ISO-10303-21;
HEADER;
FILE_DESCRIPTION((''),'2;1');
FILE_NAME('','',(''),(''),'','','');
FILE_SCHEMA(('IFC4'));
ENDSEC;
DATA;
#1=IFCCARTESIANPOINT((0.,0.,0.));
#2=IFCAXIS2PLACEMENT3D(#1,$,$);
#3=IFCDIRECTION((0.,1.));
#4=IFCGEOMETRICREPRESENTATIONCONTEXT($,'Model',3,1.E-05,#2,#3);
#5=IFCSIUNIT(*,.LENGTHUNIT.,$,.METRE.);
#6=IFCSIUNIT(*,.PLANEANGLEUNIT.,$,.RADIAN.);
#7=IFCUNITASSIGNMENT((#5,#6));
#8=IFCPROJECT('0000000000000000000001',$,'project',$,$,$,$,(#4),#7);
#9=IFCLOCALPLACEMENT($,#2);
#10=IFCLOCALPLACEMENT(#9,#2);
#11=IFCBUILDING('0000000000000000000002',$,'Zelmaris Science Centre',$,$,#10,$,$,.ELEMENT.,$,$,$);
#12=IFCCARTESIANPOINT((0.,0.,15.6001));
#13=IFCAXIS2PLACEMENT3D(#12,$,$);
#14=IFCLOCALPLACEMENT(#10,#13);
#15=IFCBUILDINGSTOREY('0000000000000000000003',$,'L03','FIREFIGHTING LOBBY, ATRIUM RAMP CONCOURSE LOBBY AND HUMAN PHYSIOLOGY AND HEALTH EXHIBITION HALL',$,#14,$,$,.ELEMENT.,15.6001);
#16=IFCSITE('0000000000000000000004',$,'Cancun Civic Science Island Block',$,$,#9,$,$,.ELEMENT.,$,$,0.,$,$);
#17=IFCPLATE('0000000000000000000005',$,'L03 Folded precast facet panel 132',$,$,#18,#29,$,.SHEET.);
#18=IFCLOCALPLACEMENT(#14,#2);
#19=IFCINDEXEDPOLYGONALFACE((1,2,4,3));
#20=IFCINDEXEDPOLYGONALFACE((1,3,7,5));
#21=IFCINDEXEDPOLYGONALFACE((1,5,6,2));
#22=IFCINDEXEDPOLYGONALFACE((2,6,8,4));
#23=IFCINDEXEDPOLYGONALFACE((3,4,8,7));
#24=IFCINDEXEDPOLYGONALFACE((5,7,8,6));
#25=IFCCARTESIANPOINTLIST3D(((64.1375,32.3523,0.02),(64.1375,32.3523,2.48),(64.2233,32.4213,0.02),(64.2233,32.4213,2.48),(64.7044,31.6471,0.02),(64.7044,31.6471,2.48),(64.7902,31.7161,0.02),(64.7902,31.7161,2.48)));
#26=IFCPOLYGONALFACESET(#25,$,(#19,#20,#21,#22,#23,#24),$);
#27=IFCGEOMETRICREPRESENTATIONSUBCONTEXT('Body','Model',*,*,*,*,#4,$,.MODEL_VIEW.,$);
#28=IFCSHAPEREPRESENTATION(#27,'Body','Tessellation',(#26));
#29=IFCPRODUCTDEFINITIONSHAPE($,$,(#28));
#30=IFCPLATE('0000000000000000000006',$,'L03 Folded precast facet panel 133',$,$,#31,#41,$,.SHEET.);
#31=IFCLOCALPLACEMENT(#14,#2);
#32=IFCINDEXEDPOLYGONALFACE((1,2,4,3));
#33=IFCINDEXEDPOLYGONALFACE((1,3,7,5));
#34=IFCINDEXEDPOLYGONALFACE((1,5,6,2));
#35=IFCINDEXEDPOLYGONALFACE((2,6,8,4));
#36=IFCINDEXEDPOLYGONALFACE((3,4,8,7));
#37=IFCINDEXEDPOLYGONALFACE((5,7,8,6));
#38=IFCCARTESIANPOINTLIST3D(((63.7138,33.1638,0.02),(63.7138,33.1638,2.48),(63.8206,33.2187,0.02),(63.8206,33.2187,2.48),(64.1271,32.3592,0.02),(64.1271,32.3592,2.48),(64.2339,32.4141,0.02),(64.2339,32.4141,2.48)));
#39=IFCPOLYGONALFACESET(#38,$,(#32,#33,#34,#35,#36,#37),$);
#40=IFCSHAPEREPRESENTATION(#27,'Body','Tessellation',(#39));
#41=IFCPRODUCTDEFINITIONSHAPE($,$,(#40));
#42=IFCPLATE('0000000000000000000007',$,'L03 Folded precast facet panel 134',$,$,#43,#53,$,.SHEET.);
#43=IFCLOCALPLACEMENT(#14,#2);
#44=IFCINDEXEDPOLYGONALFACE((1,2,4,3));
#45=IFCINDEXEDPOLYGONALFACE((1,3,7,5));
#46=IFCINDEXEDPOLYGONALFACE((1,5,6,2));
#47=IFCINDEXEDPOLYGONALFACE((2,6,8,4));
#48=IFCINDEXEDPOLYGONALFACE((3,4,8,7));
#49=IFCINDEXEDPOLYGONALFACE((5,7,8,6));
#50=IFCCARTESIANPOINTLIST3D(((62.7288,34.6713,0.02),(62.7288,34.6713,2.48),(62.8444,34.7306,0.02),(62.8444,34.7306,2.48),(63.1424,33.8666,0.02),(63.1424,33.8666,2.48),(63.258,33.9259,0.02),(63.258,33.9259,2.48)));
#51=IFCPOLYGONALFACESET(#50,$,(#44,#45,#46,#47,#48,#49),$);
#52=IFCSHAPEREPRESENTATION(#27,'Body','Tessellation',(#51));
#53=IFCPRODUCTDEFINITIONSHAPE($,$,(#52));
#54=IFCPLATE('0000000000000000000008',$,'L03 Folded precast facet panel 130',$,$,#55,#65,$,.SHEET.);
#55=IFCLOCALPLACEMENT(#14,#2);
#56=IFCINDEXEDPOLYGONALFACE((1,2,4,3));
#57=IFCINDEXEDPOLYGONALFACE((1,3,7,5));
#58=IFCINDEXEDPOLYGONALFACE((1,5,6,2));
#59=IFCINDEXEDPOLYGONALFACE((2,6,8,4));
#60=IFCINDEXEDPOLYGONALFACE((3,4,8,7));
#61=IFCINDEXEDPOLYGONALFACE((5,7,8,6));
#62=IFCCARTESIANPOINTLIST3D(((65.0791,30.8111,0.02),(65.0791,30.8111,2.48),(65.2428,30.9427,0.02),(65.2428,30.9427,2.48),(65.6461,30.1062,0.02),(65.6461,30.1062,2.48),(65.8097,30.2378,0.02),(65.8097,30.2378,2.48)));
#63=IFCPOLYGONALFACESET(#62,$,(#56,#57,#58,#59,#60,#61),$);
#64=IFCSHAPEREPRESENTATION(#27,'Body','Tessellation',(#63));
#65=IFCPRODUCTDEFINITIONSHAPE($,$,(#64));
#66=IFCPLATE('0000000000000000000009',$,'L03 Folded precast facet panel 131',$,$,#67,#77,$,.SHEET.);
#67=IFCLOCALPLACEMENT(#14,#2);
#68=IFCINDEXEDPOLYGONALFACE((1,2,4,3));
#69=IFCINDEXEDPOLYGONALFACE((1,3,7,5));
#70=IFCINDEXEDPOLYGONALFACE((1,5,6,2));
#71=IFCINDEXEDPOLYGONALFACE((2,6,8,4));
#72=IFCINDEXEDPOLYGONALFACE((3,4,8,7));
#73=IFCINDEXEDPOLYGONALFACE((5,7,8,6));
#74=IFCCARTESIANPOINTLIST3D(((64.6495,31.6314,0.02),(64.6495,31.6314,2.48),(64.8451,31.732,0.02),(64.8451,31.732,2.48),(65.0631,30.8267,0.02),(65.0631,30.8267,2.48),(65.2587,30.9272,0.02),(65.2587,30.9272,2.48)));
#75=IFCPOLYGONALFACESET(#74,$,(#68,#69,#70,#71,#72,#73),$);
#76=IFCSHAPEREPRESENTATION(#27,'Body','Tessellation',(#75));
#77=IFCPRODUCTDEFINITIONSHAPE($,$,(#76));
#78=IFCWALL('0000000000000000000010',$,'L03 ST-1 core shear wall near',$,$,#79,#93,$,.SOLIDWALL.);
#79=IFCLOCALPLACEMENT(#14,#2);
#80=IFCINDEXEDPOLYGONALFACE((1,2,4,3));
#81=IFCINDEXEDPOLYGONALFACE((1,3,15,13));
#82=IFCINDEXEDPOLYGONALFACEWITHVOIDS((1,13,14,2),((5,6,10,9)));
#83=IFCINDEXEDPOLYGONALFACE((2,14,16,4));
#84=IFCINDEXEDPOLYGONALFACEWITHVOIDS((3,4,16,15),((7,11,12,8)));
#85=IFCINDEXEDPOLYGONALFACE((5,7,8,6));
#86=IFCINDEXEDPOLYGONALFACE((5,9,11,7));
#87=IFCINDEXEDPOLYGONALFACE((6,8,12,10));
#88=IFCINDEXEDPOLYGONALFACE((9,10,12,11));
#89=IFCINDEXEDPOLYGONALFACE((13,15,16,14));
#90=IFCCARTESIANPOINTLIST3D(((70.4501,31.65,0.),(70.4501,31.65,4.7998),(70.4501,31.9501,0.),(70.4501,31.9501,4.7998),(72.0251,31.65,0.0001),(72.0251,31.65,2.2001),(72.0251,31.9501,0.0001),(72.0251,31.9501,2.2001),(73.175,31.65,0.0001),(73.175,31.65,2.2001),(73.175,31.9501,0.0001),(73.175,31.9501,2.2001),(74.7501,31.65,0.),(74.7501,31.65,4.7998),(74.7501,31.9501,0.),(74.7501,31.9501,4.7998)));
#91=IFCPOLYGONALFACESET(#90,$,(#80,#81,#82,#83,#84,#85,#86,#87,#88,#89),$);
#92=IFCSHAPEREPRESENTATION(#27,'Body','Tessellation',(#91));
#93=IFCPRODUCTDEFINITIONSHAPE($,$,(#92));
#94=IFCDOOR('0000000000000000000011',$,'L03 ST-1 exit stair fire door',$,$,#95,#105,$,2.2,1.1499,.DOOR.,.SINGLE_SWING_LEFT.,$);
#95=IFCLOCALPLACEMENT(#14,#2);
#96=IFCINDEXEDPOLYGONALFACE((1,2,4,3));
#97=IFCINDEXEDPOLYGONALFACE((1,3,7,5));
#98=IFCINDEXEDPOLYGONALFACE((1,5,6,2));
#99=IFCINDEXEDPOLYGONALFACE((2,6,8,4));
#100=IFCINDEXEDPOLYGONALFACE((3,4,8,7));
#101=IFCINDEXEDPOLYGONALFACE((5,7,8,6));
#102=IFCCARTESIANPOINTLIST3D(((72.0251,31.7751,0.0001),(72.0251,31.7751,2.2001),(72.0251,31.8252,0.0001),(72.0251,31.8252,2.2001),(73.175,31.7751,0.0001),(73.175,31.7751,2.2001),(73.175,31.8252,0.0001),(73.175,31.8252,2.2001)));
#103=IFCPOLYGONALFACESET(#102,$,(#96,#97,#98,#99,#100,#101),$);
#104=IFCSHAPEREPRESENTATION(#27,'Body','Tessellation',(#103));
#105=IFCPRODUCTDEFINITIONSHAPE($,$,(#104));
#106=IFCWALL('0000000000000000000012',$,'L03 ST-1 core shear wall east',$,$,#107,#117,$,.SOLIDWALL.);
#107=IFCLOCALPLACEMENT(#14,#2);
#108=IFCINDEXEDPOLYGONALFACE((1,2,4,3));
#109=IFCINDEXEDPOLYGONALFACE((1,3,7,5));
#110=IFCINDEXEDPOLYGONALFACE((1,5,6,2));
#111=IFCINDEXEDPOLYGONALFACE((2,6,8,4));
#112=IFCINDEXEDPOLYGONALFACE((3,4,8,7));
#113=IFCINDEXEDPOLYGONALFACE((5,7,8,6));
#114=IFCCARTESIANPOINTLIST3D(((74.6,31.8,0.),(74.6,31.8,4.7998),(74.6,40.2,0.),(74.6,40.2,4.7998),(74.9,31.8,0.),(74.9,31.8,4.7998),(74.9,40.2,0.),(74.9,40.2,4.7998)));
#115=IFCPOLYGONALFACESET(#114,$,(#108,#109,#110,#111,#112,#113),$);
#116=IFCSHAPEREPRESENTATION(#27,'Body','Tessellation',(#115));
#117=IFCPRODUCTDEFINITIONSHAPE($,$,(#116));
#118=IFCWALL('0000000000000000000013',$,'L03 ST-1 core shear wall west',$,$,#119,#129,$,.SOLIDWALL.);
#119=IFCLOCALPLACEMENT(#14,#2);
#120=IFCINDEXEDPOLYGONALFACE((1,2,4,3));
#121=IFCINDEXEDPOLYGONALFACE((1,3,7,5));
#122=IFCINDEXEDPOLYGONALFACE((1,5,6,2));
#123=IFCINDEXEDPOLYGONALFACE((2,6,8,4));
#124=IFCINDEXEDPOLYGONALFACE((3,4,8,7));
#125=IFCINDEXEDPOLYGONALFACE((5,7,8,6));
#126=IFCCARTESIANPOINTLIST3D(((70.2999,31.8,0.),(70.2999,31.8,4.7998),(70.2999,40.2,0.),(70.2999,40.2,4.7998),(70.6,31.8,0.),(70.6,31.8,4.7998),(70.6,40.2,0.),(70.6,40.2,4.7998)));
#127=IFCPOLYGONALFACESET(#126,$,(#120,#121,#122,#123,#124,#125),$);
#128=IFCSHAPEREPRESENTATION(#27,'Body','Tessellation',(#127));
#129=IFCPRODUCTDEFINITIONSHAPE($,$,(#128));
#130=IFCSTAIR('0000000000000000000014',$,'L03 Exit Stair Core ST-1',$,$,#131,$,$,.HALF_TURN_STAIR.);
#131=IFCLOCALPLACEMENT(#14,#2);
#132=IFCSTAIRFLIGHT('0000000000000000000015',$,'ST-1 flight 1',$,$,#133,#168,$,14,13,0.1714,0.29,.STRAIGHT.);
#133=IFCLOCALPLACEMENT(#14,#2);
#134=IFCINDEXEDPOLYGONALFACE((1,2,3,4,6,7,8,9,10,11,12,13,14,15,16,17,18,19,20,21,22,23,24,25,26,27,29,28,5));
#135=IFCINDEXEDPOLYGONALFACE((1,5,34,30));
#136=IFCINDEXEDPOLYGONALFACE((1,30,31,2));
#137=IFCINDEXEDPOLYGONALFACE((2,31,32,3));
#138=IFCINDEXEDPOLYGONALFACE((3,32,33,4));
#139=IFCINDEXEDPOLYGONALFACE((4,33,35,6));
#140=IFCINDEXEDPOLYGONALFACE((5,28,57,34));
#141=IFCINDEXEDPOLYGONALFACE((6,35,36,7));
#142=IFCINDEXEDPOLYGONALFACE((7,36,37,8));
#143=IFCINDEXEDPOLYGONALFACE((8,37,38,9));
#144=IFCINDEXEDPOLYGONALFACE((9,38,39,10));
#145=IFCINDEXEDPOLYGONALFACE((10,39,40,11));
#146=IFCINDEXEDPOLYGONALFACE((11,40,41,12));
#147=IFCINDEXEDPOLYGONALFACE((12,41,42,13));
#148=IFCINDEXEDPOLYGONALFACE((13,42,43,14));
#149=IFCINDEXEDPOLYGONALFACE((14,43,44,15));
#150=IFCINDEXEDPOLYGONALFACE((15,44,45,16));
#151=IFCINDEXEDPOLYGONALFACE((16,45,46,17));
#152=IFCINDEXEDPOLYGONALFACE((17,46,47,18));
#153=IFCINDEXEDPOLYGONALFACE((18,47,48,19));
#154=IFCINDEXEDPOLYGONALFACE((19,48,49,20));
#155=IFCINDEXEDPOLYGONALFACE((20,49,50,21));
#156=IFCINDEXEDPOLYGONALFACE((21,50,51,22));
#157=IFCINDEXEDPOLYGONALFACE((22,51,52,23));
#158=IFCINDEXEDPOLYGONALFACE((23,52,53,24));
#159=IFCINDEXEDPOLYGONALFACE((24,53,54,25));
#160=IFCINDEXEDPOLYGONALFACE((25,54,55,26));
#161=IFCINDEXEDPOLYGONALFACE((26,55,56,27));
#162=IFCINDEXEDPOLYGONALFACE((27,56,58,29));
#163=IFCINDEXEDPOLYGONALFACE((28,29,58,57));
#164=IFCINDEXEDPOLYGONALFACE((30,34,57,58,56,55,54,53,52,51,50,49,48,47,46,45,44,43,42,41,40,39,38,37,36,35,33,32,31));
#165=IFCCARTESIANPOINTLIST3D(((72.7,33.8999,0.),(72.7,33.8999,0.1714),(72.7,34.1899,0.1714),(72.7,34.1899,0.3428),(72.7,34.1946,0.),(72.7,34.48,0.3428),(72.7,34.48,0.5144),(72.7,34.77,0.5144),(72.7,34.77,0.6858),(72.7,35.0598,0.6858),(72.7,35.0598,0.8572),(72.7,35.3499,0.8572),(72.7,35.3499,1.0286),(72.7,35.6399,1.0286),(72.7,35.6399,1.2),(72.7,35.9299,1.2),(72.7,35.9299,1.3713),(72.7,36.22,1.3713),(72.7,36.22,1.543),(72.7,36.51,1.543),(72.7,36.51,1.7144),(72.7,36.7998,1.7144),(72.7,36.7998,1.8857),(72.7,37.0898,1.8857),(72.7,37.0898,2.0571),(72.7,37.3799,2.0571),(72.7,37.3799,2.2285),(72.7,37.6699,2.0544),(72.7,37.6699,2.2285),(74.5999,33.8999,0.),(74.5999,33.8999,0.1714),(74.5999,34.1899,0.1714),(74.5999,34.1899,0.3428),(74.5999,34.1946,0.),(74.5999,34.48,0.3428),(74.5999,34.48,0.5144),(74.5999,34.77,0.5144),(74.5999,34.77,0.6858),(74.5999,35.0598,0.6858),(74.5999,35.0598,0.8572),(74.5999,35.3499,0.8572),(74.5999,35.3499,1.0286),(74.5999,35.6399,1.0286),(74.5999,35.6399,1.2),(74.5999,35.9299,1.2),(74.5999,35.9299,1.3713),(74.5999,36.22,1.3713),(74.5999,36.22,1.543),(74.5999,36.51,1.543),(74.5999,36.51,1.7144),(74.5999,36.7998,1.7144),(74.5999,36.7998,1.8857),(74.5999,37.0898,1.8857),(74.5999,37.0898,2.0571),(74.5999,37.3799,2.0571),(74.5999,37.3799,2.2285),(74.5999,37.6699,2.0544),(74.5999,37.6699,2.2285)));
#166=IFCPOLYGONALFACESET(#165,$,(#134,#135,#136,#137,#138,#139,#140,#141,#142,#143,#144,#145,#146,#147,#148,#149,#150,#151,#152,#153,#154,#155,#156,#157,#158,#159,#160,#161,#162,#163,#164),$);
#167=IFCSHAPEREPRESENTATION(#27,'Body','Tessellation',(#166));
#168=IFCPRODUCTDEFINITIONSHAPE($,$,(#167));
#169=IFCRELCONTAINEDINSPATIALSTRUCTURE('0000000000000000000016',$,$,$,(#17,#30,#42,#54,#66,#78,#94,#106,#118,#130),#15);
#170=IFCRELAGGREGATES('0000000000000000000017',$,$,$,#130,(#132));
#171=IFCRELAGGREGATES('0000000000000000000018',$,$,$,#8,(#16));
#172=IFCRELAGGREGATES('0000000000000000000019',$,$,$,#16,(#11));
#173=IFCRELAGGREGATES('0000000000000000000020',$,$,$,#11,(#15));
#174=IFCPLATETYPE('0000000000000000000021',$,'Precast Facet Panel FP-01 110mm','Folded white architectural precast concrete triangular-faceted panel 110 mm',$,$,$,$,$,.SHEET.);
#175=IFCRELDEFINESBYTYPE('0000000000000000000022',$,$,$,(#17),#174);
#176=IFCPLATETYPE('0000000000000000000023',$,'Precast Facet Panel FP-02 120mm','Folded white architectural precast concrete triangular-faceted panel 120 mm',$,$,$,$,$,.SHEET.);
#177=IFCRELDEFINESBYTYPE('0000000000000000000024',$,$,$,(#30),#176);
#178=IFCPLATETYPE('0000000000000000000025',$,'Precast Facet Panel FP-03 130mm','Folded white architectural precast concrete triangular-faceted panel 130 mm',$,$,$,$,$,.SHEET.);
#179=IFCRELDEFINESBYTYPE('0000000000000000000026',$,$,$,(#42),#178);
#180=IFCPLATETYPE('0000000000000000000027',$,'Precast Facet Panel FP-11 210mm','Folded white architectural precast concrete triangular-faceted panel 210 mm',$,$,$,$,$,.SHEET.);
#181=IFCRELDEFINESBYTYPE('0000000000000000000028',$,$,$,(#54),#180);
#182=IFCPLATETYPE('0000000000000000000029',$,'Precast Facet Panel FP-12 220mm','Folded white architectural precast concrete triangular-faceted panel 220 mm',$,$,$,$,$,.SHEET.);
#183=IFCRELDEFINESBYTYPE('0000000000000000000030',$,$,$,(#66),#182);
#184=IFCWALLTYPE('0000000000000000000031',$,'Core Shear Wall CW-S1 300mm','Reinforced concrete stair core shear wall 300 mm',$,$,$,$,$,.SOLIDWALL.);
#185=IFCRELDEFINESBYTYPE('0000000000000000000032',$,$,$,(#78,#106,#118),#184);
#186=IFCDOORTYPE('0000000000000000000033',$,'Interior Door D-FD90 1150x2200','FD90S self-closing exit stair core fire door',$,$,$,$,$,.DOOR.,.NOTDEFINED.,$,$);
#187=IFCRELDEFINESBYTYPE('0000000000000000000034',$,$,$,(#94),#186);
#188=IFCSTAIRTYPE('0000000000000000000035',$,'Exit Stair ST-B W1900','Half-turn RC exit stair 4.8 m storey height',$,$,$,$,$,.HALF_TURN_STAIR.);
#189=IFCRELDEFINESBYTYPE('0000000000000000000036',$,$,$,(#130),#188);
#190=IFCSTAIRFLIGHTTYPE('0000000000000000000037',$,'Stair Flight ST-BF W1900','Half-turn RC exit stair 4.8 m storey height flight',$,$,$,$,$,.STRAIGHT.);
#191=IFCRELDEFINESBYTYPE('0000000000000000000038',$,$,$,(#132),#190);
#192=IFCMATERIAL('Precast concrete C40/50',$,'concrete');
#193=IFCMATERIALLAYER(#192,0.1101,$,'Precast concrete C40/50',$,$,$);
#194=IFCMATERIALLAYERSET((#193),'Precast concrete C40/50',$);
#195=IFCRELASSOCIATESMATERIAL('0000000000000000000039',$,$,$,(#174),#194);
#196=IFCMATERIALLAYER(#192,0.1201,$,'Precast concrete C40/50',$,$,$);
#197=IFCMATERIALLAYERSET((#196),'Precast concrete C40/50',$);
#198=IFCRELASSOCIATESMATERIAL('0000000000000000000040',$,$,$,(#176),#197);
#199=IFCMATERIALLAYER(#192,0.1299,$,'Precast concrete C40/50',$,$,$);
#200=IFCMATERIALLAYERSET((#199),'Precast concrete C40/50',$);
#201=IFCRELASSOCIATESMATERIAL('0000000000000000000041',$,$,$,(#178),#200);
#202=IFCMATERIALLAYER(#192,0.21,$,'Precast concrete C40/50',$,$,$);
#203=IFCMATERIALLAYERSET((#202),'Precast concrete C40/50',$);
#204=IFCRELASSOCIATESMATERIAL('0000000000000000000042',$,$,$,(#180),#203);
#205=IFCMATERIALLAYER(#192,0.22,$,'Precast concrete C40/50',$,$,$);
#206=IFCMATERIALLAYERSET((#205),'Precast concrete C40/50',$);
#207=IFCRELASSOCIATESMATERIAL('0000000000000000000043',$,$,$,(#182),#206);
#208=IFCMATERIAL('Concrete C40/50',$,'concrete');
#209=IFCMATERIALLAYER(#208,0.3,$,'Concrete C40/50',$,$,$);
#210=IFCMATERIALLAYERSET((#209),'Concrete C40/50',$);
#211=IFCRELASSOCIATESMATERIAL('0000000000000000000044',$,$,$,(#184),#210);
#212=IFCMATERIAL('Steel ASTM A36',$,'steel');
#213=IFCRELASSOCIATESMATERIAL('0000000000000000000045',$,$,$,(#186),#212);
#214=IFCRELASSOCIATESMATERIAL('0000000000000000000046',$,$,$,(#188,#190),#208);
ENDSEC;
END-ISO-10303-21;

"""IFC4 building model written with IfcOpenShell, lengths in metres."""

from ifc_helpers import new_model, si_unit, direction, frame, frame_2d, origin, place, context, subcontext, project, spatial, polyline, rectangle, outline, extrude, material, layer, layer_set, type_object, element, fill, aggregate, save


model = new_model("IFC4")

# Units and contexts
model_context = context("Model", 3, precision=1e-05, world=origin(), true_north=direction((0.0, 1.0)))
body_context = subcontext(model_context, "Body", "Model", "MODEL_VIEW")
ifc_project = project(units=[si_unit("LENGTHUNIT", "METRE"), si_unit("PLANEANGLEUNIT", "RADIAN")], contexts=[model_context])

# Site, building, storey
site_placement = place(None, origin())
site = spatial("IfcSite", under=ifc_project, at=site_placement, Name="Cancun Civic Science Island Block", CompositionType="ELEMENT", RefElevation=0.0)
building_placement = place(site_placement, origin())
building = spatial("IfcBuilding", under=site, at=building_placement, Name="Zelmaris Science Centre", CompositionType="ELEMENT")
storey_placement = place(building_placement, frame((0.0, 0.0, 15.6001)))
storey = spatial("IfcBuildingStorey", under=building, at=storey_placement, Name="L03", Description="FIREFIGHTING LOBBY, ATRIUM RAMP CONCOURSE LOBBY AND HUMAN PHYSIOLOGY AND HEALTH EXHIBITION HALL", CompositionType="ELEMENT", Elevation=15.6001)

# Plates
ifc_material_1 = material(Name="Precast concrete C40/50", Category="concrete")
ifc_layer_1 = layer(ifc_material_1, 0.1101, Name="Precast concrete C40/50")
ifc_layer_set_1 = layer_set([ifc_layer_1], Name="Precast concrete C40/50")
plate_type_1 = type_object("IfcPlateType", Name="Precast Facet Panel FP-01 110mm", Description="Folded white architectural precast concrete triangular-faceted panel 110 mm", PredefinedType="SHEET", material=ifc_layer_set_1)
plate_1_placement = place(storey_placement, frame((64.7473, 31.6816, 0.02), z_axis=(0.0, 0.0, 1.0), x_axis=(-0.626602, 0.779339, 0.0)))
element("IfcPlate", 1, at=plate_1_placement, inside=storey, type_object=plate_type_1, Name="L03 Folded precast facet panel 132", PredefinedType="SHEET", context=body_context, shape_type="SweptSolid", body=[
    extrude(rectangle(XDim=0.9048, YDim=0.1101, at=frame_2d((0.4524, 0.0))), origin(), (0.0, 0.0, 1.0), 2.46),
])
ifc_layer_2 = layer(ifc_material_1, 0.1201, Name="Precast concrete C40/50")
ifc_layer_set_2 = layer_set([ifc_layer_2], Name="Precast concrete C40/50")
plate_type_2 = type_object("IfcPlateType", Name="Precast Facet Panel FP-02 120mm", Description="Folded white architectural precast concrete triangular-faceted panel 120 mm", PredefinedType="SHEET", material=ifc_layer_set_2)
plate_2_placement = place(storey_placement, frame((64.1804, 32.3867, 0.02), z_axis=(0.0, 0.0, 1.0), x_axis=(-0.456903, 0.889517, 0.0)))
element("IfcPlate", 2, at=plate_2_placement, inside=storey, type_object=plate_type_2, Name="L03 Folded precast facet panel 133", PredefinedType="SHEET", context=body_context, shape_type="SweptSolid", body=[
    extrude(rectangle(XDim=0.9045, YDim=0.1201, at=frame_2d((0.4521, 0.0))), origin(), (0.0, 0.0, 1.0), 2.46),
])
ifc_layer_3 = layer(ifc_material_1, 0.1299, Name="Precast concrete C40/50")
ifc_layer_set_3 = layer_set([ifc_layer_3], Name="Precast concrete C40/50")
plate_type_3 = type_object("IfcPlateType", Name="Precast Facet Panel FP-03 130mm", Description="Folded white architectural precast concrete triangular-faceted panel 130 mm", PredefinedType="SHEET", material=ifc_layer_set_3)
plate_3_placement = place(storey_placement, frame((63.2002, 33.8962, 0.02), z_axis=(0.0, 0.0, 1.0), x_axis=(-0.457116, 0.889407, 0.0)))
element("IfcPlate", 3, at=plate_3_placement, inside=storey, type_object=plate_type_3, Name="L03 Folded precast facet panel 134", PredefinedType="SHEET", context=body_context, shape_type="SweptSolid", body=[
    extrude(rectangle(XDim=0.9048, YDim=0.1299, at=frame_2d((0.4524, 0.0))), origin(), (0.0, 0.0, 1.0), 2.46),
])
ifc_layer_4 = layer(ifc_material_1, 0.21, Name="Precast concrete C40/50")
ifc_layer_set_4 = layer_set([ifc_layer_4], Name="Precast concrete C40/50")
plate_type_4 = type_object("IfcPlateType", Name="Precast Facet Panel FP-11 210mm", Description="Folded white architectural precast concrete triangular-faceted panel 210 mm", PredefinedType="SHEET", material=ifc_layer_set_4)
plate_4_placement = place(storey_placement, frame((65.7278, 30.1721, 0.02), z_axis=(0.0, 0.0, 1.0), x_axis=(-0.626734, 0.779234, 0.0)))
element("IfcPlate", 4, at=plate_4_placement, inside=storey, type_object=plate_type_4, Name="L03 Folded precast facet panel 130", PredefinedType="SHEET", context=body_context, shape_type="SweptSolid", body=[
    extrude(rectangle(XDim=0.9045, YDim=0.21, at=frame_2d((0.4521, 0.0))), origin(), (0.0, 0.0, 1.0), 2.46),
])
ifc_layer_5 = layer(ifc_material_1, 0.22, Name="Precast concrete C40/50")
ifc_layer_set_5 = layer_set([ifc_layer_5], Name="Precast concrete C40/50")
plate_type_5 = type_object("IfcPlateType", Name="Precast Facet Panel FP-12 220mm", Description="Folded white architectural precast concrete triangular-faceted panel 220 mm", PredefinedType="SHEET", material=ifc_layer_set_5)
plate_5_placement = place(storey_placement, frame((65.1609, 30.877, 0.02), z_axis=(0.0, 0.0, 1.0), x_axis=(-0.457116, 0.889407, 0.0)))
element("IfcPlate", 5, at=plate_5_placement, inside=storey, type_object=plate_type_5, Name="L03 Folded precast facet panel 131", PredefinedType="SHEET", context=body_context, shape_type="SweptSolid", body=[
    extrude(rectangle(XDim=0.9048, YDim=0.22, at=frame_2d((0.4524, 0.0))), origin(), (0.0, 0.0, 1.0), 2.46),
])

# Wall, opening, door
ifc_material_2 = material(Name="Concrete C40/50", Category="concrete")
ifc_layer_6 = layer(ifc_material_2, 0.3, Name="Concrete C40/50")
ifc_layer_set_6 = layer_set([ifc_layer_6], Name="Concrete C40/50")
wall_type = type_object("IfcWallType", Name="Core Shear Wall CW-S1 300mm", Description="Reinforced concrete stair core shear wall 300 mm", PredefinedType="SOLIDWALL", material=ifc_layer_set_6)
wall_placement = place(storey_placement, frame((74.75, 31.8, 0.0), z_axis=(0.0, 0.0, 1.0), x_axis=(-1.0, 0.0, 0.0)))
wall = element("IfcWall", 6, at=wall_placement, inside=storey, type_object=wall_type, Name="L03 ST-1 core shear wall near", PredefinedType="SOLIDWALL", context=body_context, shape_type="SweptSolid", body=[
    extrude(rectangle(XDim=4.3, YDim=0.3, at=frame_2d((2.1499, 0.0))), origin(), (0.0, 0.0, 1.0), 4.7998),
])
opening_placement = place(wall_placement, frame((1.575, 0.0, 0.0)))
opening = element("IfcOpeningElement", 7, at=opening_placement, cuts=wall, PredefinedType="OPENING", context=body_context, shape_type="SweptSolid", body=[
    extrude(rectangle(XDim=1.1499, YDim=2.2, at=frame_2d((0.575, 1.1001))), frame((0.0, 0.1599, 0.0), z_axis=(0.0, -1.0, 0.0), x_axis=(1.0, 0.0, 0.0)), (0.0, 0.0, 1.0), 0.3201),
])
ifc_material_3 = material(Name="Steel ASTM A36", Category="steel")
door_type = type_object("IfcDoorType", Name="Interior Door D-FD90 1150x2200", Description="FD90S self-closing exit stair core fire door", OperationType="NOTDEFINED", PredefinedType="DOOR", material=ifc_material_3)
door_placement = place(opening_placement, origin())
door = element("IfcDoor", 8, at=door_placement, inside=storey, type_object=door_type, Name="L03 ST-1 exit stair fire door", OperationType="SINGLE_SWING_LEFT", OverallHeight=2.2, OverallWidth=1.1499, PredefinedType="DOOR", context=body_context, shape_type="SweptSolid", body=[
    extrude(rectangle(XDim=1.1499, YDim=2.2, at=frame_2d((0.575, 1.1001))), frame((0.0, 0.0249, 0.0), z_axis=(0.0, -1.0, 0.0), x_axis=(1.0, 0.0, 0.0)), (0.0, 0.0, 1.0), 0.05),
])
fill(opening, door)

# Walls
for number, where, z_axis, x_axis, name in (
    (9, (74.75, 31.8, 0.0), (0.0, 0.0, 1.0), (0.0, 1.0, 0.0), "L03 ST-1 core shear wall east"),
    (10, (70.45, 31.8, 0.0), (0.0, 0.0, 1.0), (0.0, 1.0, 0.0), "L03 ST-1 core shear wall west"),
):
    element("IfcWall", number, at=place(storey_placement, frame(where, z_axis=z_axis, x_axis=x_axis)), inside=storey, type_object=wall_type, Name=name, PredefinedType="SOLIDWALL", context=body_context, shape_type="SweptSolid", body=[
        extrude(rectangle(XDim=8.3999, YDim=0.3, at=frame_2d((4.2, 0.0))), origin(), (0.0, 0.0, 1.0), 4.7998),
    ])

# Stair, stair flight
stair_type = type_object("IfcStairType", Name="Exit Stair ST-B W1900", Description="Half-turn RC exit stair 4.8 m storey height", PredefinedType="HALF_TURN_STAIR", material=ifc_material_2)
stair_placement = place(storey_placement, origin())
stair = element("IfcStair", 11, at=stair_placement, inside=storey, type_object=stair_type, Name="L03 Exit Stair Core ST-1", PredefinedType="HALF_TURN_STAIR")
stair_flight_type = type_object("IfcStairFlightType", Name="Stair Flight ST-BF W1900", Description="Half-turn RC exit stair 4.8 m storey height flight", PredefinedType="STRAIGHT", material=ifc_material_2)
stair_flight_placement = place(storey_placement, frame((73.6499, 33.8999, 0.0), z_axis=(0.0, 0.0, 1.0), x_axis=(0.0, 1.0, 0.0)))
stair_flight = element("IfcStairFlight", 12, at=stair_flight_placement, type_object=stair_flight_type, Name="ST-1 flight 1", NumberOfRisers=14, NumberOfTreads=13, PredefinedType="STRAIGHT", RiserHeight=0.1714, TreadLength=0.29, context=body_context, shape_type="SweptSolid", body=[
    extrude(outline(polyline([(0.0, 0.0), (0.0, 0.1714), (0.29, 0.1714), (0.29, 0.3428), (0.5801, 0.3428), (0.5801, 0.5144), (0.8701, 0.5144), (0.8701, 0.6858), (1.1599, 0.6858), (1.1599, 0.8572), (1.45, 0.8572), (1.45, 1.0286), (1.74, 1.0286), (1.74, 1.2), (2.03, 1.2), (2.03, 1.3713), (2.3201, 1.3713), (2.3201, 1.543), (2.6101, 1.543), (2.6101, 1.7144), (2.8999, 1.7144), (2.8999, 1.8857), (3.1899, 1.8857), (3.1899, 2.0571), (3.48, 2.0571), (3.48, 2.2285), (3.77, 2.2285), (3.77, 2.3999), (3.77, 2.0544), (0.2947, 0.0), (0.0, 0.0)])), frame((0.0, 0.95, 0.0), z_axis=(0.0, -1.0, 0.0), x_axis=(1.0, 0.0, 0.0)), (0.0, 0.0, 1.0), 1.8999),
])
aggregate(stair, [stair_flight])

save(model, "model.ifc")
